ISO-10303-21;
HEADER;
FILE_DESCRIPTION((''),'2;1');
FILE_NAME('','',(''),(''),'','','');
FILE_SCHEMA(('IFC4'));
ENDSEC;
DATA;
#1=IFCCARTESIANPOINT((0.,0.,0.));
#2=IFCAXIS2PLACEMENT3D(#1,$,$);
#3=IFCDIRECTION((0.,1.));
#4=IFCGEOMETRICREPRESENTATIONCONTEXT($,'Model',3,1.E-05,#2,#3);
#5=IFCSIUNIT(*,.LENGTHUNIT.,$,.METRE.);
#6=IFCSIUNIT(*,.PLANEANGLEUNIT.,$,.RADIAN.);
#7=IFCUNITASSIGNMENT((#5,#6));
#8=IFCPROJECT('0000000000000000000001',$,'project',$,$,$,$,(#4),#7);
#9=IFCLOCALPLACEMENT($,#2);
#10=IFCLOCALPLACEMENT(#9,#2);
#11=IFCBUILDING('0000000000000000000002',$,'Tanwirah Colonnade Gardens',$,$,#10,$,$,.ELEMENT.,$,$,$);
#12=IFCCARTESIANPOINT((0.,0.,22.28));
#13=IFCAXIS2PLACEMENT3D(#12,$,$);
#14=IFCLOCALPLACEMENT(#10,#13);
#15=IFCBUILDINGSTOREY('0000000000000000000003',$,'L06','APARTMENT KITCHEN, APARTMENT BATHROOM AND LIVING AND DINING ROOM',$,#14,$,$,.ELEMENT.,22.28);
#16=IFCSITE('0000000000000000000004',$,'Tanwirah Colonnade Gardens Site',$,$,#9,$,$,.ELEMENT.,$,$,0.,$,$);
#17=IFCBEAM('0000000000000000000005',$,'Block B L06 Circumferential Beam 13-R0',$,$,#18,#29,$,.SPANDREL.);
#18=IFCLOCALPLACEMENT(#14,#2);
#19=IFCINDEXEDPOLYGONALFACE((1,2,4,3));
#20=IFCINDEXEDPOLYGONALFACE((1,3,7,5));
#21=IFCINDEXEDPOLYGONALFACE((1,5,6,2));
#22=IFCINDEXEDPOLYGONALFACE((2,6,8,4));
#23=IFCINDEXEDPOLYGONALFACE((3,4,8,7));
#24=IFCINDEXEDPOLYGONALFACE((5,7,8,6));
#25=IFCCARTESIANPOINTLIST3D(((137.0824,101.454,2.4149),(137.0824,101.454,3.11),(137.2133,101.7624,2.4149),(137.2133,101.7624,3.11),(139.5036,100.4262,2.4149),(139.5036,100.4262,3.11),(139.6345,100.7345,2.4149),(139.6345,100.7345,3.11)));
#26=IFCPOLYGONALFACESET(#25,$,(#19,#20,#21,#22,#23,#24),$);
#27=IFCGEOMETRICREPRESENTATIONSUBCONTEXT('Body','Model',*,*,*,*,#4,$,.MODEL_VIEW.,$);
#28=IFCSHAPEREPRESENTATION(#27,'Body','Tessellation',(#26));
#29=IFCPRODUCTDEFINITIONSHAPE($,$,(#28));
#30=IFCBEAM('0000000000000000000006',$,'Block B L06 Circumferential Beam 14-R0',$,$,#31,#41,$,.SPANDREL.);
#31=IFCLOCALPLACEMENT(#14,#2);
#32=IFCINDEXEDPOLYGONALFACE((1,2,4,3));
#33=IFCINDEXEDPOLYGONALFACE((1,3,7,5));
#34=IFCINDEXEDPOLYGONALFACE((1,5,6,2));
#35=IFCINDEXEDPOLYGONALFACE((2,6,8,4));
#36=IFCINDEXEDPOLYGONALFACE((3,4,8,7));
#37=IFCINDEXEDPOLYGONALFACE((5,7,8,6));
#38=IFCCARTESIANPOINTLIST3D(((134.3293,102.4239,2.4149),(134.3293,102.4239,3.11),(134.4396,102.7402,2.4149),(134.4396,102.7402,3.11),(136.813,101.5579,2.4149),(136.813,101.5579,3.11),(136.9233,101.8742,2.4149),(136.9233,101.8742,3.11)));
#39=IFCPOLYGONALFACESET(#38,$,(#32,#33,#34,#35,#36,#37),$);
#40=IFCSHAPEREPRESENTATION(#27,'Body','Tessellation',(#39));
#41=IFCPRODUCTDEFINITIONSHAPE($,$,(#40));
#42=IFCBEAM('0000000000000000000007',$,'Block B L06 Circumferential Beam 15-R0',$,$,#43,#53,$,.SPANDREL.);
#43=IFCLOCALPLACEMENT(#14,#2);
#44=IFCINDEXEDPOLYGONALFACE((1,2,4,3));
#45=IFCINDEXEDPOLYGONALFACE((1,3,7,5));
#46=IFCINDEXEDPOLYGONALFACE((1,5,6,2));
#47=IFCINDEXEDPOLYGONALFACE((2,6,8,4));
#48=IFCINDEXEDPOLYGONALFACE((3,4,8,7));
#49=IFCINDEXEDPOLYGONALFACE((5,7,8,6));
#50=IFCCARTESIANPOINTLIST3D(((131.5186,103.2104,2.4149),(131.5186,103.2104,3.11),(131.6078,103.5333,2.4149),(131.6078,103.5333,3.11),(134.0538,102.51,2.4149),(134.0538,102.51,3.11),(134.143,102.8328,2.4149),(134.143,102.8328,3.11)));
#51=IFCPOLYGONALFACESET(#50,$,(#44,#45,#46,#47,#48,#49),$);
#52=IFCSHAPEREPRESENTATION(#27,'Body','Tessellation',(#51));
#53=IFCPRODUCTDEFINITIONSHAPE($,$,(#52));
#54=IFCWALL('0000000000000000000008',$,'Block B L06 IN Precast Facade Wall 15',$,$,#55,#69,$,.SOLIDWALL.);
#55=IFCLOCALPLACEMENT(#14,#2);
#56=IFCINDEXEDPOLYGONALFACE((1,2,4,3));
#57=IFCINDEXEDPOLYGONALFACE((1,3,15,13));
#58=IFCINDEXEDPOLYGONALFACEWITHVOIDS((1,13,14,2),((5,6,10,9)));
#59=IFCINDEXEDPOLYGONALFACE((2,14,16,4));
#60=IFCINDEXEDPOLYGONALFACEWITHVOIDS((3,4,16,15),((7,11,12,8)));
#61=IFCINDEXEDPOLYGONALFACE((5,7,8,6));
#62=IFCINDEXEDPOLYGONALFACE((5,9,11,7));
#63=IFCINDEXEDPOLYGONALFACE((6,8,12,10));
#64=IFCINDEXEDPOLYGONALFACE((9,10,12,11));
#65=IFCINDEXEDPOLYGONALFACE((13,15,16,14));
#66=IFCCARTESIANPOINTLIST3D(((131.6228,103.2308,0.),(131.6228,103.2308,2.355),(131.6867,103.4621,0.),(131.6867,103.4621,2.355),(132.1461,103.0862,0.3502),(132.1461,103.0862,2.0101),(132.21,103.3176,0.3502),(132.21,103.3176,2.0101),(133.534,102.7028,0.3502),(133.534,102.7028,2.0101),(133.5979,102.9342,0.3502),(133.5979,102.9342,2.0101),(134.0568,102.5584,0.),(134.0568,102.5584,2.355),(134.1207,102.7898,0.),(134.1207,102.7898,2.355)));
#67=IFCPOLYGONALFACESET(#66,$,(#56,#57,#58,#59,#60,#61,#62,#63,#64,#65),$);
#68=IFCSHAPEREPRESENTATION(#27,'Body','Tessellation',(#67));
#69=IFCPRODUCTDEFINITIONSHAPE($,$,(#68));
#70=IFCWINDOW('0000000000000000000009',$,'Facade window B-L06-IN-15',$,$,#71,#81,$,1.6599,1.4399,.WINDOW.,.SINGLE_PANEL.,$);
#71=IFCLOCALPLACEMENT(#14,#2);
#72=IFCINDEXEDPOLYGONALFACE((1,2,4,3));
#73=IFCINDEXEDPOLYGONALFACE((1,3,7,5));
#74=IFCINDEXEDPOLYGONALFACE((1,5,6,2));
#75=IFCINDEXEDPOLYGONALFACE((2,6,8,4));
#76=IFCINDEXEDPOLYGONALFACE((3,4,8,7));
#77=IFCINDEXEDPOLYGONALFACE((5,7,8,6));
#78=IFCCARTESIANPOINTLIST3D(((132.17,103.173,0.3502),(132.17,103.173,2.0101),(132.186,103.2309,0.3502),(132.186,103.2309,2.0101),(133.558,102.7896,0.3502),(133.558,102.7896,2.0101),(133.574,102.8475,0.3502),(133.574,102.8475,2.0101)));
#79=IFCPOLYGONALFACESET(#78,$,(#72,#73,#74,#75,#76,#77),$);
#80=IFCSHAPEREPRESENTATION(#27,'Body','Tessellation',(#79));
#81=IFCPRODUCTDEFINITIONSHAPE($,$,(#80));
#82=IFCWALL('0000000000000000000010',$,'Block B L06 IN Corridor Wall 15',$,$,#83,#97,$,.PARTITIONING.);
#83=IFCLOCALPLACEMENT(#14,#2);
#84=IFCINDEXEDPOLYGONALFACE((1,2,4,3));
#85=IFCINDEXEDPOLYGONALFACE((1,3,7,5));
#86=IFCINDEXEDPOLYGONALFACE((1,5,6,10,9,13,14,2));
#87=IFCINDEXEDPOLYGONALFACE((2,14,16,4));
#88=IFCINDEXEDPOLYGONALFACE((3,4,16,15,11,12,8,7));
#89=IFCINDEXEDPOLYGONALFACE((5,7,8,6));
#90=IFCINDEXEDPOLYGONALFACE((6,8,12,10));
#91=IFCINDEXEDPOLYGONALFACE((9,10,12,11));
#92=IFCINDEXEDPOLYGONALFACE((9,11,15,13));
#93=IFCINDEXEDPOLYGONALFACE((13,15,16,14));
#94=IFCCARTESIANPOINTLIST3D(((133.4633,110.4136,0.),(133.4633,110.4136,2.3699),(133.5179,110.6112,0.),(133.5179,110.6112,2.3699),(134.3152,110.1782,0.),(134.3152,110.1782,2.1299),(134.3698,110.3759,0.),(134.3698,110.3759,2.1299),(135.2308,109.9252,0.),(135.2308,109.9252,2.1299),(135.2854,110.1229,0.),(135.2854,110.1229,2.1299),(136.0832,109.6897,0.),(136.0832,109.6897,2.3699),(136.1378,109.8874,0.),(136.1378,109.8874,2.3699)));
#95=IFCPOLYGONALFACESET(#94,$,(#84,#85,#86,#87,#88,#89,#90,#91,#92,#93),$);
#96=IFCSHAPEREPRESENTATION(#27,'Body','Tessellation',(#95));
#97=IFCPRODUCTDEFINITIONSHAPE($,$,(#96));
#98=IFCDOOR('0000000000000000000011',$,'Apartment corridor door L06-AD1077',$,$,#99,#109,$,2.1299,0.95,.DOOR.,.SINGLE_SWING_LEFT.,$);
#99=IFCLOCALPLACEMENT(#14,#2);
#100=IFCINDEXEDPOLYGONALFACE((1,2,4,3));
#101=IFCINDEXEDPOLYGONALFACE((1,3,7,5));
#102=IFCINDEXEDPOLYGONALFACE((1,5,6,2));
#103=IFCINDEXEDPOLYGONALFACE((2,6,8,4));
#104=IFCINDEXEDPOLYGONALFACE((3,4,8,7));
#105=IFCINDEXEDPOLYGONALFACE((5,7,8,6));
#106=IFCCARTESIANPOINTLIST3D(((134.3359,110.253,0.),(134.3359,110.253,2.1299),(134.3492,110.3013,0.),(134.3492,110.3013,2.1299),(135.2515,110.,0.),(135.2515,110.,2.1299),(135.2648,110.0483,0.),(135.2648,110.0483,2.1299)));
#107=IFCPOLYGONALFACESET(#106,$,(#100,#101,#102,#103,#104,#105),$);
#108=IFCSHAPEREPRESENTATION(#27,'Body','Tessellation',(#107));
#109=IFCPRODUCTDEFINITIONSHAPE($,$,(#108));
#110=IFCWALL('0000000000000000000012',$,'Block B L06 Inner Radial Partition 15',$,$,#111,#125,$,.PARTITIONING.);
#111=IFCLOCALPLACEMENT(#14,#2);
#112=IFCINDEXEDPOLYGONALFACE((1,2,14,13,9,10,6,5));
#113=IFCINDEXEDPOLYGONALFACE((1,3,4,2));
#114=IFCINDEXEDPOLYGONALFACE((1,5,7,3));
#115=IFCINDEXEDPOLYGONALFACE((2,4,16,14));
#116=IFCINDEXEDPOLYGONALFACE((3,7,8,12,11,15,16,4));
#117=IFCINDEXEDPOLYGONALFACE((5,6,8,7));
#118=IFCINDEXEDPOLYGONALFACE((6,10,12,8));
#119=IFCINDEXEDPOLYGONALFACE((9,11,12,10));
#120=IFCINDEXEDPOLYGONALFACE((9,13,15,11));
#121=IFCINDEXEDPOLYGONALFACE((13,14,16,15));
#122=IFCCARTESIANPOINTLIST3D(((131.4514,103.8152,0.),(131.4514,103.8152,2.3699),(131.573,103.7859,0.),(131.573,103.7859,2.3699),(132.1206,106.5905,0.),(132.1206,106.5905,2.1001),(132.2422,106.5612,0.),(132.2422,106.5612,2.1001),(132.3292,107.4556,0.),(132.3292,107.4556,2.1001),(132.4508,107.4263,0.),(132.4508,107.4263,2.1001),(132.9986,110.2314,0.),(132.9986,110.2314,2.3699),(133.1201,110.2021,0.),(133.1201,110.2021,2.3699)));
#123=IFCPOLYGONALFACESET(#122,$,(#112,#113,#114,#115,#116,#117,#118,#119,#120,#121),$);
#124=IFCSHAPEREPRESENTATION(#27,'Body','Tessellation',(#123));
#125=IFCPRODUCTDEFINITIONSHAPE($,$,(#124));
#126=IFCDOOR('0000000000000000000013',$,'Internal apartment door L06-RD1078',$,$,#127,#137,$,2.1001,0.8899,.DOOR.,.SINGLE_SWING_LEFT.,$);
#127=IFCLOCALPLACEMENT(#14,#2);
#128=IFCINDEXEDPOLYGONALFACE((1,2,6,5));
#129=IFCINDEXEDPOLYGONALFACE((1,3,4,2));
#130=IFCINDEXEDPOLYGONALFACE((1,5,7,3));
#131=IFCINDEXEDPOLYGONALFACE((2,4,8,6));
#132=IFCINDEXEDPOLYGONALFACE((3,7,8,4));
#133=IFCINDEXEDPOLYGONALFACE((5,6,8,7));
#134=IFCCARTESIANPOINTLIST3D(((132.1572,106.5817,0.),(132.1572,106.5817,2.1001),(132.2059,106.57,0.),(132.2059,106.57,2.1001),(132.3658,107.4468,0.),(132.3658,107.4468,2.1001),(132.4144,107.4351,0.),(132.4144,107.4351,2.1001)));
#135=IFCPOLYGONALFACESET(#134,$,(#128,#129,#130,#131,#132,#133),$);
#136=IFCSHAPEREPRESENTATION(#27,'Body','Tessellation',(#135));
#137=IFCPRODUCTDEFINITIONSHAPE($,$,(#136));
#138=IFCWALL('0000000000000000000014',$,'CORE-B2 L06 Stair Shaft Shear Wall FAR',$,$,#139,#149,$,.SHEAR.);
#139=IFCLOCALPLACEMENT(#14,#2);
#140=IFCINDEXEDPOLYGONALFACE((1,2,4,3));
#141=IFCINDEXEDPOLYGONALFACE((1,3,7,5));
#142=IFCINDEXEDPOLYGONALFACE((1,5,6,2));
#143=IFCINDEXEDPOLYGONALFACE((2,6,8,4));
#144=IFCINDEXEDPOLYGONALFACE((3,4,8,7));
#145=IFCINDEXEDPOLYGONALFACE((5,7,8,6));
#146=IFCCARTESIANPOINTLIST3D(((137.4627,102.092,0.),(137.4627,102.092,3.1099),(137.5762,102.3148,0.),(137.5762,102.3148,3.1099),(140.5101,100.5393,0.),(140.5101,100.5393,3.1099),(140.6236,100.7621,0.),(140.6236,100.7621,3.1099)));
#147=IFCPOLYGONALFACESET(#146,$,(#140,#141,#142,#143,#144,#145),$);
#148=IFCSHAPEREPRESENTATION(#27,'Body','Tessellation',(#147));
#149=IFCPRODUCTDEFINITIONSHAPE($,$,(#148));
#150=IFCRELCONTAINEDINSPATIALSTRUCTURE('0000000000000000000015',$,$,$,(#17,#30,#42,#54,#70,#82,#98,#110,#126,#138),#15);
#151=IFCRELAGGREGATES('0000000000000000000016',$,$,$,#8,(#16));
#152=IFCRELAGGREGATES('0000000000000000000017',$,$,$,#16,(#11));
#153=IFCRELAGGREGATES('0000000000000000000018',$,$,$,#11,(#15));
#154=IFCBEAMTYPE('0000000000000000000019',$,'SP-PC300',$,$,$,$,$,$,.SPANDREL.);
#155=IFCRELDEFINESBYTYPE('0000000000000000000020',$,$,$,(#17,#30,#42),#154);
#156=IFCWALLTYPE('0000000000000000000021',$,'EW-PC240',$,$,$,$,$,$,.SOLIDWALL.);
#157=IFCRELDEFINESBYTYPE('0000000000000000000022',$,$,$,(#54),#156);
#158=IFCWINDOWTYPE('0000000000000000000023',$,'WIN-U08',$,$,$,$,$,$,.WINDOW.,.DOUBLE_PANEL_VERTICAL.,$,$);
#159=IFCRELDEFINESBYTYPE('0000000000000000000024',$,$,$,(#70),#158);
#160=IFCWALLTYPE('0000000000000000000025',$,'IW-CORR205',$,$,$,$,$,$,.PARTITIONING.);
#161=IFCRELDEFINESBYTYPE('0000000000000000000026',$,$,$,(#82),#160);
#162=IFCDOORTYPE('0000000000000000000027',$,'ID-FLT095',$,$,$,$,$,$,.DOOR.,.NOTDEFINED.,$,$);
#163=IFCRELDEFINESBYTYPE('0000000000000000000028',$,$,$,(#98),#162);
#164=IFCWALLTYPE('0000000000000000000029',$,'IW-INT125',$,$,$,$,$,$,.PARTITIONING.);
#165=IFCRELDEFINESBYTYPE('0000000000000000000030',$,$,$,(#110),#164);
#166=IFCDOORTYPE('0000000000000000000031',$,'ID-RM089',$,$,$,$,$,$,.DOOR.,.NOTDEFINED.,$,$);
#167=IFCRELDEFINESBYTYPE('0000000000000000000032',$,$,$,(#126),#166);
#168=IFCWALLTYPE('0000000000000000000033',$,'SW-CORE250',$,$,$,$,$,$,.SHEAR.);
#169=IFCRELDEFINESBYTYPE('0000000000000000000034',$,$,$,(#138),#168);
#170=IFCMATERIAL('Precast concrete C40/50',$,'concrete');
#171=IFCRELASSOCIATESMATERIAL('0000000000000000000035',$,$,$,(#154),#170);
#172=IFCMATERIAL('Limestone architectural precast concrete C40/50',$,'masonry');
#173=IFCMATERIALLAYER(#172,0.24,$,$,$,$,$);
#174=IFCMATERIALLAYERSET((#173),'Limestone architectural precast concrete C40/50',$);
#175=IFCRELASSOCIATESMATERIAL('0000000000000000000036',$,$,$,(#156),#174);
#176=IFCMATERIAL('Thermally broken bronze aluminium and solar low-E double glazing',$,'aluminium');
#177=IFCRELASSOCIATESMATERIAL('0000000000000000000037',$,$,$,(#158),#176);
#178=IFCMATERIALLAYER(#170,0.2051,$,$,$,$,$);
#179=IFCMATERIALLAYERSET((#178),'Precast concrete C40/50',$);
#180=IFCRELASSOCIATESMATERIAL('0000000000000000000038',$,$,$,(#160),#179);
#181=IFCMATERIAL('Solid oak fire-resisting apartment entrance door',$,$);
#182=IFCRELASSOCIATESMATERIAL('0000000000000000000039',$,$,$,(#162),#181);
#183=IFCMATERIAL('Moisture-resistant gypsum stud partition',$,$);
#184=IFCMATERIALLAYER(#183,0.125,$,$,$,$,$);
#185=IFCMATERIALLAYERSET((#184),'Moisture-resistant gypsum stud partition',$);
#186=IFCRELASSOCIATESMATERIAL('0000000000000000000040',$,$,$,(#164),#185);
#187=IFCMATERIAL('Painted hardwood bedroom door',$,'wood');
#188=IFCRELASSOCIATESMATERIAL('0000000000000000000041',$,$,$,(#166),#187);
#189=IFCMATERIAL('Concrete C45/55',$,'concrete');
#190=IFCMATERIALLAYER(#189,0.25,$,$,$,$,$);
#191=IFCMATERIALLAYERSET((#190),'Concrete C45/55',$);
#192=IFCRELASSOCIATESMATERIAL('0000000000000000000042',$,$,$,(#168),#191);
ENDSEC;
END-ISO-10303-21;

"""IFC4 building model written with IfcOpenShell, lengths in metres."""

from ifc_helpers import new_model, si_unit, direction, frame, frame_2d, origin, origin_2d, place, context, subcontext, project, spatial, rectangle, extrude, material, layer, layer_set, material_profile, profile_set, type_object, element, fill, save


model = new_model("IFC4")

# Units and contexts
model_context = context("Model", 3, precision=1e-05, world=origin(), true_north=direction((0.0, 1.0)))
body_context = subcontext(model_context, "Body", "Model", "MODEL_VIEW")
ifc_project = project(units=[si_unit("LENGTHUNIT", "METRE"), si_unit("PLANEANGLEUNIT", "RADIAN")], contexts=[model_context])

# Site, building, storey
site_placement = place(None, origin())
site = spatial("IfcSite", under=ifc_project, at=site_placement, Name="Tanwirah Colonnade Gardens Site", CompositionType="ELEMENT", RefElevation=0.0)
building_placement = place(site_placement, origin())
building = spatial("IfcBuilding", under=site, at=building_placement, Name="Tanwirah Colonnade Gardens", CompositionType="ELEMENT")
storey_placement = place(building_placement, frame((0.0, 0.0, 22.28)))
storey = spatial("IfcBuildingStorey", under=building, at=storey_placement, Name="L06", Description="APARTMENT KITCHEN, APARTMENT BATHROOM AND LIVING AND DINING ROOM", CompositionType="ELEMENT", Elevation=22.28)

# Shared definitions
ifc_material_1 = material(Name="Precast concrete C40/50", Category="concrete")

# Beams
ifc_material_profile_1 = material_profile(ifc_material_1, rectangle(XDim=0.335, YDim=0.6951, at=origin_2d()), Name="PC-SP 335x695")
ifc_profile_set_1 = profile_set([ifc_material_profile_1], Name="Precast concrete C40/50")
beam_type_1 = type_object("IfcBeamType", Name="SP-PC300", PredefinedType="SPANDREL", material=ifc_profile_set_1)
for number, where, z_axis, x_axis, name in (
    (1, (139.5691, 100.5803, 2.7625), (-0.920489, 0.390769, 0.0), (-0.390769, -0.920489, 0.0), "Block B L06 Circumferential Beam 13-R0"),
    (2, (136.8682, 101.7161, 2.7625), (-0.94425, 0.32923, 0.0), (-0.32923, -0.94425, 0.0), "Block B L06 Circumferential Beam 14-R0"),
):
    element("IfcBeam", number, at=place(storey_placement, frame(where, z_axis=z_axis, x_axis=x_axis)), inside=storey, type_object=beam_type_1, Name=name, PredefinedType="SPANDREL", context=body_context, shape_type="SweptSolid", body=[
        extrude(rectangle(XDim=0.335, YDim=0.6951, at=origin_2d()), origin(), (0.0, 0.0, 1.0), 2.6304),
    ])
beam_1_placement = place(storey_placement, frame((134.0984, 102.6714, 2.7625), z_axis=(-0.963887, 0.266313, 0.0), x_axis=(-0.266313, -0.963887, 0.0)))
element("IfcBeam", 3, at=beam_1_placement, inside=storey, type_object=beam_type_1, Name="Block B L06 Circumferential Beam 15-R0", PredefinedType="SPANDREL", context=body_context, shape_type="SweptSolid", body=[
    extrude(rectangle(XDim=0.335, YDim=0.6951, at=origin_2d()), origin(), (0.0, 0.0, 1.0), 2.6301),
])

# Wall, opening, window
ifc_material_2 = material(Name="Limestone architectural precast concrete C40/50", Category="masonry")
ifc_layer_1 = layer(ifc_material_2, 0.24)
ifc_layer_set_1 = layer_set([ifc_layer_1], Name="Limestone architectural precast concrete C40/50")
wall_type_1 = type_object("IfcWallType", Name="EW-PC240", PredefinedType="SOLIDWALL", material=ifc_layer_set_1)
wall_1_placement = place(storey_placement, frame((134.0889, 102.6741, 0.0), z_axis=(0.0, 0.0, 1.0), x_axis=(-0.963902, 0.266257, 0.0)))
wall_1 = element("IfcWall", 4, at=wall_1_placement, inside=storey, type_object=wall_type_1, Name="Block B L06 IN Precast Facade Wall 15", PredefinedType="SOLIDWALL", context=body_context, shape_type="SweptSolid", body=[
    extrude(rectangle(XDim=2.5251, YDim=0.24, at=frame_2d((1.2627, 0.0))), origin(), (0.0, 0.0, 1.0), 2.355),
])
opening_1_placement = place(wall_1_placement, frame((0.5425, 0.0, 0.3501)))
opening_1 = element("IfcOpeningElement", 5, at=opening_1_placement, cuts=wall_1, PredefinedType="OPENING", context=body_context, shape_type="SweptSolid", body=[
    extrude(rectangle(XDim=1.4399, YDim=1.6599, at=frame_2d((0.72, 0.8301))), frame((0.0, 0.1299, 0.0), z_axis=(0.0, -1.0, 0.0), x_axis=(1.0, 0.0, 0.0)), (0.0, 0.0, 1.0), 0.26),
])
ifc_material_3 = material(Name="Thermally broken bronze aluminium and solar low-E double glazing", Category="aluminium")
window_type = type_object("IfcWindowType", Name="WIN-U08", PartitioningType="DOUBLE_PANEL_VERTICAL", PredefinedType="WINDOW", material=ifc_material_3)
window_placement = place(opening_1_placement, origin())
window = element("IfcWindow", 6, at=window_placement, inside=storey, type_object=window_type, Name="Facade window B-L06-IN-15", OverallHeight=1.6599, OverallWidth=1.4399, PartitioningType="SINGLE_PANEL", PredefinedType="WINDOW", context=body_context, shape_type="SweptSolid", body=[
    extrude(rectangle(XDim=1.4399, YDim=1.6599, at=frame_2d((0.72, 0.8301))), frame((0.0, 0.03, 0.0), z_axis=(0.0, -1.0, 0.0), x_axis=(1.0, 0.0, 0.0)), (0.0, 0.0, 1.0), 0.0601),
])
fill(opening_1, window)

# Walls, openings, doors
ifc_layer_2 = layer(ifc_material_1, 0.2051)
ifc_layer_set_2 = layer_set([ifc_layer_2], Name="Precast concrete C40/50")
wall_type_2 = type_object("IfcWallType", Name="IW-CORR205", PredefinedType="PARTITIONING", material=ifc_layer_set_2)
ifc_material_4 = material(Name="Solid oak fire-resisting apartment entrance door")
wall_2_placement = place(storey_placement, frame((136.1104, 109.7886, 0.0), z_axis=(0.0, 0.0, 1.0), x_axis=(-0.963884, 0.266323, 0.0)))
wall_2 = element("IfcWall", 7, at=wall_2_placement, inside=storey, type_object=wall_type_2, Name="Block B L06 IN Corridor Wall 15", PredefinedType="PARTITIONING", context=body_context, shape_type="SweptSolid", body=[
    extrude(rectangle(XDim=2.718, YDim=0.2051, at=frame_2d((1.3589, 0.0))), origin(), (0.0, 0.0, 1.0), 2.3699),
])
opening_2_placement = place(wall_2_placement, frame((0.884, 0.0, 0.0)))
opening_2 = element("IfcOpeningElement", 8, at=opening_2_placement, cuts=wall_2, PredefinedType="OPENING", context=body_context, shape_type="SweptSolid", body=[
    extrude(rectangle(XDim=0.95, YDim=2.1299, at=frame_2d((0.4751, 1.0649))), frame((0.0, 0.1125, 0.0), z_axis=(0.0, -1.0, 0.0), x_axis=(1.0, 0.0, 0.0)), (0.0, 0.0, 1.0), 0.2251),
])
door_type_1 = type_object("IfcDoorType", Name="ID-FLT095", OperationType="NOTDEFINED", PredefinedType="DOOR", material=ifc_material_4)
door_1_placement = place(opening_2_placement, origin())
door_1 = element("IfcDoor", 9, at=door_1_placement, inside=storey, type_object=door_type_1, Name="Apartment corridor door L06-AD1077", OperationType="SINGLE_SWING_LEFT", OverallHeight=2.1299, OverallWidth=0.95, PredefinedType="DOOR", context=body_context, shape_type="SweptSolid", body=[
    extrude(rectangle(XDim=0.95, YDim=2.1299, at=frame_2d((0.4751, 1.0649))), frame((0.0, 0.0249, 0.0), z_axis=(0.0, -1.0, 0.0), x_axis=(1.0, 0.0, 0.0)), (0.0, 0.0, 1.0), 0.05),
])
fill(opening_2, door_1)
ifc_material_5 = material(Name="Moisture-resistant gypsum stud partition")
ifc_layer_3 = layer(ifc_material_5, 0.125)
ifc_layer_set_3 = layer_set([ifc_layer_3], Name="Moisture-resistant gypsum stud partition")
wall_type_3 = type_object("IfcWallType", Name="IW-INT125", PredefinedType="PARTITIONING", material=ifc_layer_set_3)
wall_3_placement = place(storey_placement, frame((131.5122, 103.8005, 0.0), z_axis=(0.0, 0.0, 1.0), x_axis=(0.234407, 0.972139, 0.0)))
wall_3 = element("IfcWall", 10, at=wall_3_placement, inside=storey, type_object=wall_type_3, Name="Block B L06 Inner Radial Partition 15", PredefinedType="PARTITIONING", context=body_context, shape_type="SweptSolid", body=[
    extrude(rectangle(XDim=6.6001, YDim=0.125, at=frame_2d((3.3, 0.0))), origin(), (0.0, 0.0, 1.0), 2.3699),
])
opening_3_placement = place(wall_3_placement, frame((2.855, 0.0, 0.0)))
opening_3 = element("IfcOpeningElement", 11, at=opening_3_placement, cuts=wall_3, PredefinedType="OPENING", context=body_context, shape_type="SweptSolid", body=[
    extrude(rectangle(XDim=0.8899, YDim=2.1001, at=frame_2d((0.4448, 1.05))), frame((0.0, 0.0725, 0.0), z_axis=(0.0, -1.0, 0.0), x_axis=(1.0, 0.0, 0.0)), (0.0, 0.0, 1.0), 0.145),
])
ifc_material_6 = material(Name="Painted hardwood bedroom door", Category="wood")
door_type_2 = type_object("IfcDoorType", Name="ID-RM089", OperationType="NOTDEFINED", PredefinedType="DOOR", material=ifc_material_6)
door_2_placement = place(opening_3_placement, origin())
door_2 = element("IfcDoor", 12, at=door_2_placement, inside=storey, type_object=door_type_2, Name="Internal apartment door L06-RD1078", OperationType="SINGLE_SWING_LEFT", OverallHeight=2.1001, OverallWidth=0.8899, PredefinedType="DOOR", context=body_context, shape_type="SweptSolid", body=[
    extrude(rectangle(XDim=0.8899, YDim=2.1001, at=frame_2d((0.4448, 1.05))), frame((0.0, 0.0249, 0.0), z_axis=(0.0, -1.0, 0.0), x_axis=(1.0, 0.0, 0.0)), (0.0, 0.0, 1.0), 0.05),
])
fill(opening_3, door_2)

# Wall
ifc_material_7 = material(Name="Concrete C45/55", Category="concrete")
ifc_layer_4 = layer(ifc_material_7, 0.25)
ifc_layer_set_4 = layer_set([ifc_layer_4], Name="Concrete C45/55")
wall_type_4 = type_object("IfcWallType", Name="SW-CORE250", PredefinedType="SHEAR", material=ifc_layer_set_4)
wall_4_placement = place(storey_placement, frame((137.5195, 102.2034, 0.0), z_axis=(0.0, 0.0, 1.0), x_axis=(0.891004, -0.453996, 0.0)))
element("IfcWall", 13, at=wall_4_placement, inside=storey, type_object=wall_type_4, Name="CORE-B2 L06 Stair Shaft Shear Wall FAR", PredefinedType="SHEAR", context=body_context, shape_type="SweptSolid", body=[
    extrude(rectangle(XDim=3.4202, YDim=0.25, at=frame_2d((1.71, 0.0))), origin(), (0.0, 0.0, 1.0), 3.1099),
])

save(model, "model.ifc")
